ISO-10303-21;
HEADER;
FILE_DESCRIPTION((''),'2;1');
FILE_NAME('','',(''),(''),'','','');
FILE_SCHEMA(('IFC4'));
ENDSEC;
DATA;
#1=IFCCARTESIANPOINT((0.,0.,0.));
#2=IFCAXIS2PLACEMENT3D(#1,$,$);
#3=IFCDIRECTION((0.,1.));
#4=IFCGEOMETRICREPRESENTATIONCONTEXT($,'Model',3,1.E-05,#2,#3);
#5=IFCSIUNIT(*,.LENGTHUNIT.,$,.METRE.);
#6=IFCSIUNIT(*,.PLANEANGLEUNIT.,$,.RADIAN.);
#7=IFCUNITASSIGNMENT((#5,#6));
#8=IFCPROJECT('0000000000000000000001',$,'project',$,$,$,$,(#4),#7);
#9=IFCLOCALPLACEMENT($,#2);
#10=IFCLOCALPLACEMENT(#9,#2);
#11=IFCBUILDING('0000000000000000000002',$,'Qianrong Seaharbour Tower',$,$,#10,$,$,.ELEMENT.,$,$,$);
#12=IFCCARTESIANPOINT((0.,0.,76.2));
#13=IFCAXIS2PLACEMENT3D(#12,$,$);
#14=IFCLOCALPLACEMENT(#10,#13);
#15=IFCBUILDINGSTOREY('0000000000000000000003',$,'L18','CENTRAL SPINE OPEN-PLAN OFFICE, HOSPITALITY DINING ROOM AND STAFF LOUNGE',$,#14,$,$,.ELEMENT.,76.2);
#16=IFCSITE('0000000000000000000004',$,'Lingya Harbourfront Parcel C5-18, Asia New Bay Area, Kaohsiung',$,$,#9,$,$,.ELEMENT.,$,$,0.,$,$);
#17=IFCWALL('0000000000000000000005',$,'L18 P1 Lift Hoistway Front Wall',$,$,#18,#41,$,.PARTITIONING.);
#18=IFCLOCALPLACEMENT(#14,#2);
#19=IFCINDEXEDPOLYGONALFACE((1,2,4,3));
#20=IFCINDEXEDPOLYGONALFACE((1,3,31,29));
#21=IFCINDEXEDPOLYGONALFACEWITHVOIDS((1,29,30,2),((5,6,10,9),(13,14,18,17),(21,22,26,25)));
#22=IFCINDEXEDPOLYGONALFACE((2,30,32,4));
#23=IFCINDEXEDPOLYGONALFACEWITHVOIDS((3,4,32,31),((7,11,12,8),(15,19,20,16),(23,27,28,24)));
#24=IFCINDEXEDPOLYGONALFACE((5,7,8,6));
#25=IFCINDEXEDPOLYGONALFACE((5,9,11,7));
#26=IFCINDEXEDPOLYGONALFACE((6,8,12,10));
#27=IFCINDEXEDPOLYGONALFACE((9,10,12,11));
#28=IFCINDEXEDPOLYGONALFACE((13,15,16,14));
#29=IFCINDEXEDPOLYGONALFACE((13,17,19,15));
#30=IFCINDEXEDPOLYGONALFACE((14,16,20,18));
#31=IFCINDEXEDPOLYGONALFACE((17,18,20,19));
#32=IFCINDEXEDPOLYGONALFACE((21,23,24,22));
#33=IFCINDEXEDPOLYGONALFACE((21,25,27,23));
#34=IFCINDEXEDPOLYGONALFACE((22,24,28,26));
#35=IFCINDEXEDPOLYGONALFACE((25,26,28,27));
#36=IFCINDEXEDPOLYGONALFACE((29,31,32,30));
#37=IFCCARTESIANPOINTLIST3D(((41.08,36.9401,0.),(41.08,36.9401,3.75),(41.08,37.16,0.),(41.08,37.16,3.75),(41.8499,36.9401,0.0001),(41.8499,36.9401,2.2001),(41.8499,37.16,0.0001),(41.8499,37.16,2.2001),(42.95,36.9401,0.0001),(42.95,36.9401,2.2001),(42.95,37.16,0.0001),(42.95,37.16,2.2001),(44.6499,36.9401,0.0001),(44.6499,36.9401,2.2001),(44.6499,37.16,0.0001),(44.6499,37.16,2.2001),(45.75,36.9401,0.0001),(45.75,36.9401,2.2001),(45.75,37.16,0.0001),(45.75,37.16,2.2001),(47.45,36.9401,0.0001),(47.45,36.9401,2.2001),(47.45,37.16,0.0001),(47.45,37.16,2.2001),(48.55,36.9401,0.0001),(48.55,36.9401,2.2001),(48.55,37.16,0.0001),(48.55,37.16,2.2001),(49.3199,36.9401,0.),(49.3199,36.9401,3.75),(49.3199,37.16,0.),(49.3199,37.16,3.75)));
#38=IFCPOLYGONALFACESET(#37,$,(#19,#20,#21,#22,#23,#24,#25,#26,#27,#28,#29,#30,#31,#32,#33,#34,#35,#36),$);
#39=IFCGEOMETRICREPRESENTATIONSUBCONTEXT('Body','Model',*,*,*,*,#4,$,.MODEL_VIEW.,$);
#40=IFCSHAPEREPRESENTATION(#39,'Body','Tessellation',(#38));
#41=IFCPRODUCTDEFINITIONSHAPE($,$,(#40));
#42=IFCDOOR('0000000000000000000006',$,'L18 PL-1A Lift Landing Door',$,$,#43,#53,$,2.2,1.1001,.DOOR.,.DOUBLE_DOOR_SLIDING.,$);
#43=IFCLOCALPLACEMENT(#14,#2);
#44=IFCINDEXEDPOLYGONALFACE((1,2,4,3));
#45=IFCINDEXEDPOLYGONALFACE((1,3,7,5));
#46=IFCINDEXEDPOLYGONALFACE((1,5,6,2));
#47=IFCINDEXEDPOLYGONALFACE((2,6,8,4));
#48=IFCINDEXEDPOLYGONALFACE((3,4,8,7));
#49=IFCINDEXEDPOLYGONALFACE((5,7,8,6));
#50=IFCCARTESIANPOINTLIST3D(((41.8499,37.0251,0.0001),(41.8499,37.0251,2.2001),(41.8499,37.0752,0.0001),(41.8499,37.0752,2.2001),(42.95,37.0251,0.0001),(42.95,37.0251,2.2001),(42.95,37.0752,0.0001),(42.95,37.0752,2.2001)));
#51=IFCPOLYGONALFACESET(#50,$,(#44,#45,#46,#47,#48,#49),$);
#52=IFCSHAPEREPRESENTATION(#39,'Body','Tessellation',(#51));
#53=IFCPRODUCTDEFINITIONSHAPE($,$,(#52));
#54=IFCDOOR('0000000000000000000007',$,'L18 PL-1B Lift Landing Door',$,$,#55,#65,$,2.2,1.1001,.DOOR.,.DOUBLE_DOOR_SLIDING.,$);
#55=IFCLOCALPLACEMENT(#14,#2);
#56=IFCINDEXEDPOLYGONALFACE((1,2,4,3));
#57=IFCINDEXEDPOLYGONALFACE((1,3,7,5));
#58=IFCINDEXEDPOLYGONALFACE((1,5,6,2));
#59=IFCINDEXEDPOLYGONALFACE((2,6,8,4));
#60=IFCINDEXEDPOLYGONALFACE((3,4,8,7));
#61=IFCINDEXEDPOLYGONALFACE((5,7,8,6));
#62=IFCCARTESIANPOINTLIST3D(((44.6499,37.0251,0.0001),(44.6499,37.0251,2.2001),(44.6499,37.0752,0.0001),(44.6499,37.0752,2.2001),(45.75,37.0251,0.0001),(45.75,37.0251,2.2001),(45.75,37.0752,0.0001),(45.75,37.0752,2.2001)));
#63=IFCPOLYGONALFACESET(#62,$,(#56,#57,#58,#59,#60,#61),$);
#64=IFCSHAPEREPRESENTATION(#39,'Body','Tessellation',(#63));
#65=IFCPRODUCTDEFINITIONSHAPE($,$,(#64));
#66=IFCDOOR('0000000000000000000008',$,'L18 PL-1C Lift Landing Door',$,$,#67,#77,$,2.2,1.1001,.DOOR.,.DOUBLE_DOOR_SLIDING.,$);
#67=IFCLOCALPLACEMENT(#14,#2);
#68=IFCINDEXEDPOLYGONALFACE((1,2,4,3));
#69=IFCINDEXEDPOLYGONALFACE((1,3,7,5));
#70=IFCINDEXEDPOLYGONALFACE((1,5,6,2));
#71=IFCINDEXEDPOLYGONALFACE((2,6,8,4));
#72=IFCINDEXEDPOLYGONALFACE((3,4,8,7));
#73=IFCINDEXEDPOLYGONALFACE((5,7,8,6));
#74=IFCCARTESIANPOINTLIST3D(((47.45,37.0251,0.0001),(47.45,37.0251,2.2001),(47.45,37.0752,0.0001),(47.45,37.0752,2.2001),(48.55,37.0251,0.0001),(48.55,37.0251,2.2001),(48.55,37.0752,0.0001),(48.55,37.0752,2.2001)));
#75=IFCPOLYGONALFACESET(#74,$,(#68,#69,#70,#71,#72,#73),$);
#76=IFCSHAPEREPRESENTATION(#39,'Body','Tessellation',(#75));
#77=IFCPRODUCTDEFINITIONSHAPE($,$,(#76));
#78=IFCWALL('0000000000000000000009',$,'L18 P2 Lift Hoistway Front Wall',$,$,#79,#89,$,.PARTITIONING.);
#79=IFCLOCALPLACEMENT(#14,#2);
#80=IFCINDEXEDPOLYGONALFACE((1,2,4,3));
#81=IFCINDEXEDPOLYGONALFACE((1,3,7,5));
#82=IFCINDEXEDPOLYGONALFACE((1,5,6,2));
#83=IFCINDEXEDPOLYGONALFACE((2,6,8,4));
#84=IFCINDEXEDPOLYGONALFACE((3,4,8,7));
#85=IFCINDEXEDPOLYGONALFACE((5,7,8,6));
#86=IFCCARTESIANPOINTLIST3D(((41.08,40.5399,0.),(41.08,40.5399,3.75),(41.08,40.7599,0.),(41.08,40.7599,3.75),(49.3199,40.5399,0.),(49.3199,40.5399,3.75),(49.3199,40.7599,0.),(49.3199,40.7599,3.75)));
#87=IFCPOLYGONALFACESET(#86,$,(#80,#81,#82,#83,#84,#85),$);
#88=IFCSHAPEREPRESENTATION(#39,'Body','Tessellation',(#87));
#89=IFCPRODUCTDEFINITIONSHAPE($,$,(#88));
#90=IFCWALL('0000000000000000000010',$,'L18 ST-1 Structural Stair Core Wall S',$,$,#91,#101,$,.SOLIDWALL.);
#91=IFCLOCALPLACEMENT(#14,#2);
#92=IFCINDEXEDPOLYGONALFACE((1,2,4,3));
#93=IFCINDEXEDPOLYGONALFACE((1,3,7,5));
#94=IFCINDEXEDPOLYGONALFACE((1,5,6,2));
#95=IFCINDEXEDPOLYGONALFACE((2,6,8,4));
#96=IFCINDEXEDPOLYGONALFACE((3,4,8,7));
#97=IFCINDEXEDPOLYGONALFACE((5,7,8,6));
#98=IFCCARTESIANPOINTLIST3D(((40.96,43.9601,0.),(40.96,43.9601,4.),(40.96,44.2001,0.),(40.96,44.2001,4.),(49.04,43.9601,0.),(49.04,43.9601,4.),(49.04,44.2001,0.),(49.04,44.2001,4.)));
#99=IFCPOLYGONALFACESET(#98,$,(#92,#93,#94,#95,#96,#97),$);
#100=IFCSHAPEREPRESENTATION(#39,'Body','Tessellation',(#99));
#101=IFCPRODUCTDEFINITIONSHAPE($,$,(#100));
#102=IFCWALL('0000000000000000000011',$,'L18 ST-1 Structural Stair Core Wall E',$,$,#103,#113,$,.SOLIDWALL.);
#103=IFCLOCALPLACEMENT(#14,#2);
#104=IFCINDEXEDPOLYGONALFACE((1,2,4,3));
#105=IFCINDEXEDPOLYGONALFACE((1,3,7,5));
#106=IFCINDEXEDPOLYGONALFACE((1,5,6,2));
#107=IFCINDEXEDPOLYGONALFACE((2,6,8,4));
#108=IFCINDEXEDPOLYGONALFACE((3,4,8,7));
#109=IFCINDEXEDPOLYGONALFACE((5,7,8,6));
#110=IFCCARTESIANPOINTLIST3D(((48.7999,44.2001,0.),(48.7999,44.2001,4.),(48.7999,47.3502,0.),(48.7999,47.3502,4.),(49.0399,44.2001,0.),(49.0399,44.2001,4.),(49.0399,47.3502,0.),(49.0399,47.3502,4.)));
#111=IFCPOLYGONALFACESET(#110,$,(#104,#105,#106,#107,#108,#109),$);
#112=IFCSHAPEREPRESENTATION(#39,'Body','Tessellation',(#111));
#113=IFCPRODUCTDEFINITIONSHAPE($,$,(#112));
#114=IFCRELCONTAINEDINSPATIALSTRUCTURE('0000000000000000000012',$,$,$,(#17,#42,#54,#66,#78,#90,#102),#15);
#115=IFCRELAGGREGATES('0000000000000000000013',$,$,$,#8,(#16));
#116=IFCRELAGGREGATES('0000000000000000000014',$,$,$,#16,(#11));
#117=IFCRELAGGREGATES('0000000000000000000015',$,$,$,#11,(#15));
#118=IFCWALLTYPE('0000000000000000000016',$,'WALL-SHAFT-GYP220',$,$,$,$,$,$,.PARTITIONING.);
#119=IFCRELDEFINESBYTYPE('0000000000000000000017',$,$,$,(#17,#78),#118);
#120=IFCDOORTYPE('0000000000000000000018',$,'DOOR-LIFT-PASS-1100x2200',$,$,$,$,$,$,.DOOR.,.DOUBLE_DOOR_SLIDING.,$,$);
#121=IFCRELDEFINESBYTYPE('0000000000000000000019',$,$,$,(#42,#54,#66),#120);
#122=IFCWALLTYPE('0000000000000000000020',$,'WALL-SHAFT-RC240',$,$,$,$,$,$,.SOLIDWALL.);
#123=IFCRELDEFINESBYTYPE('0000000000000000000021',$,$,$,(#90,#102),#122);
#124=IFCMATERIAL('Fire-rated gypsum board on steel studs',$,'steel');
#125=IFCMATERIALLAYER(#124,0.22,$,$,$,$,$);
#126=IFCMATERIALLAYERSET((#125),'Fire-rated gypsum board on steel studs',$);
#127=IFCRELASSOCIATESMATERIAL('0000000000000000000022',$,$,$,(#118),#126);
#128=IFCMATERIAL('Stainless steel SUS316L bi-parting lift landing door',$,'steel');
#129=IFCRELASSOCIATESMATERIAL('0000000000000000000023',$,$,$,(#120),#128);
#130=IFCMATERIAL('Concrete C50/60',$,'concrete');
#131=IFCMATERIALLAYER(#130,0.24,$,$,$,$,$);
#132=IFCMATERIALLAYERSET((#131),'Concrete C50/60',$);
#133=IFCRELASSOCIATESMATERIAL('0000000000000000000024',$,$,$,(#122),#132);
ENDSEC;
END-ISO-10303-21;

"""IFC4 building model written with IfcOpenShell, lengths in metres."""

from ifc_helpers import new_model, si_unit, direction, frame, frame_2d, origin, place, context, subcontext, project, spatial, rectangle, extrude, material, layer, layer_set, type_object, element, fill, save


model = new_model("IFC4")

# Units and contexts
model_context = context("Model", 3, precision=1e-05, world=origin(), true_north=direction((0.0, 1.0)))
body_context = subcontext(model_context, "Body", "Model", "MODEL_VIEW")
ifc_project = project(units=[si_unit("LENGTHUNIT", "METRE"), si_unit("PLANEANGLEUNIT", "RADIAN")], contexts=[model_context])

# Site, building, storey
site_placement = place(None, origin())
site = spatial("IfcSite", under=ifc_project, at=site_placement, Name="Lingya Harbourfront Parcel C5-18, Asia New Bay Area, Kaohsiung", CompositionType="ELEMENT", RefElevation=0.0)
building_placement = place(site_placement, origin())
building = spatial("IfcBuilding", under=site, at=building_placement, Name="Qianrong Seaharbour Tower", CompositionType="ELEMENT")
storey_placement = place(building_placement, frame((0.0, 0.0, 76.2)))
storey = spatial("IfcBuildingStorey", under=building, at=storey_placement, Name="L18", Description="CENTRAL SPINE OPEN-PLAN OFFICE, HOSPITALITY DINING ROOM AND STAFF LOUNGE", CompositionType="ELEMENT", Elevation=76.2)

# Shared definitions
ifc_material_1 = material(Name="Fire-rated gypsum board on steel studs", Category="steel")

# Wall, openings, doors
ifc_layer_1 = layer(ifc_material_1, 0.22)
ifc_layer_set_1 = layer_set([ifc_layer_1], Name="Fire-rated gypsum board on steel studs")
wall_type_1 = type_object("IfcWallType", Name="WALL-SHAFT-GYP220", PredefinedType="PARTITIONING", material=ifc_layer_set_1)
wall_1_placement = place(storey_placement, frame((49.3201, 37.05, 0.0), z_axis=(0.0, 0.0, 1.0), x_axis=(-1.0, 0.0, 0.0)))
wall_1 = element("IfcWall", 1, at=wall_1_placement, inside=storey, type_object=wall_type_1, Name="L18 P1 Lift Hoistway Front Wall", PredefinedType="PARTITIONING", context=body_context, shape_type="SweptSolid", body=[
    extrude(rectangle(XDim=8.24, YDim=0.22, at=frame_2d((4.1201, 0.0))), origin(), (0.0, 0.0, 1.0), 3.75),
])
opening_1_placement = place(wall_1_placement, frame((6.3701, 0.0, 0.0)))
opening_1 = element("IfcOpeningElement", 2, at=opening_1_placement, cuts=wall_1, PredefinedType="OPENING", context=body_context, shape_type="SweptSolid", body=[
    extrude(rectangle(XDim=1.1001, YDim=2.2, at=frame_2d((0.55, 1.1001))), frame((0.0, 0.1201, 0.0), z_axis=(0.0, -1.0, 0.0), x_axis=(1.0, 0.0, 0.0)), (0.0, 0.0, 1.0), 0.24),
])
opening_2_placement = place(wall_1_placement, frame((3.5701, 0.0, 0.0)))
opening_2 = element("IfcOpeningElement", 3, at=opening_2_placement, cuts=wall_1, PredefinedType="OPENING", context=body_context, shape_type="SweptSolid", body=[
    extrude(rectangle(XDim=1.1001, YDim=2.2, at=frame_2d((0.55, 1.1001))), frame((0.0, 0.1201, 0.0), z_axis=(0.0, -1.0, 0.0), x_axis=(1.0, 0.0, 0.0)), (0.0, 0.0, 1.0), 0.24),
])
opening_3_placement = place(wall_1_placement, frame((0.77, 0.0, 0.0)))
opening_3 = element("IfcOpeningElement", 4, at=opening_3_placement, cuts=wall_1, PredefinedType="OPENING", context=body_context, shape_type="SweptSolid", body=[
    extrude(rectangle(XDim=1.1001, YDim=2.2, at=frame_2d((0.55, 1.1001))), frame((0.0, 0.1201, 0.0), z_axis=(0.0, -1.0, 0.0), x_axis=(1.0, 0.0, 0.0)), (0.0, 0.0, 1.0), 0.24),
])
ifc_material_2 = material(Name="Stainless steel SUS316L bi-parting lift landing door", Category="steel")
door_type = type_object("IfcDoorType", Name="DOOR-LIFT-PASS-1100x2200", OperationType="DOUBLE_DOOR_SLIDING", PredefinedType="DOOR", material=ifc_material_2)
door_1_placement = place(opening_1_placement, origin())
door_1 = element("IfcDoor", 5, at=door_1_placement, inside=storey, type_object=door_type, Name="L18 PL-1A Lift Landing Door", OperationType="DOUBLE_DOOR_SLIDING", OverallHeight=2.2, OverallWidth=1.1001, PredefinedType="DOOR", context=body_context, shape_type="SweptSolid", body=[
    extrude(rectangle(XDim=1.1001, YDim=2.2, at=frame_2d((0.55, 1.1001))), frame((0.0, 0.0249, 0.0), z_axis=(0.0, -1.0, 0.0), x_axis=(1.0, 0.0, 0.0)), (0.0, 0.0, 1.0), 0.05),
])
fill(opening_1, door_1)
door_2_placement = place(opening_2_placement, origin())
door_2 = element("IfcDoor", 6, at=door_2_placement, inside=storey, type_object=door_type, Name="L18 PL-1B Lift Landing Door", OperationType="DOUBLE_DOOR_SLIDING", OverallHeight=2.2, OverallWidth=1.1001, PredefinedType="DOOR", context=body_context, shape_type="SweptSolid", body=[
    extrude(rectangle(XDim=1.1001, YDim=2.2, at=frame_2d((0.55, 1.1001))), frame((0.0, 0.0249, 0.0), z_axis=(0.0, -1.0, 0.0), x_axis=(1.0, 0.0, 0.0)), (0.0, 0.0, 1.0), 0.05),
])
fill(opening_2, door_2)
door_3_placement = place(opening_3_placement, origin())
door_3 = element("IfcDoor", 7, at=door_3_placement, inside=storey, type_object=door_type, Name="L18 PL-1C Lift Landing Door", OperationType="DOUBLE_DOOR_SLIDING", OverallHeight=2.2, OverallWidth=1.1001, PredefinedType="DOOR", context=body_context, shape_type="SweptSolid", body=[
    extrude(rectangle(XDim=1.1001, YDim=2.2, at=frame_2d((0.55, 1.1001))), frame((0.0, 0.0249, 0.0), z_axis=(0.0, -1.0, 0.0), x_axis=(1.0, 0.0, 0.0)), (0.0, 0.0, 1.0), 0.05),
])
fill(opening_3, door_3)

# Walls
wall_2_placement = place(storey_placement, frame((49.3201, 40.6499, 0.0), z_axis=(0.0, 0.0, 1.0), x_axis=(-1.0, 0.0, 0.0)))
element("IfcWall", 8, at=wall_2_placement, inside=storey, type_object=wall_type_1, Name="L18 P2 Lift Hoistway Front Wall", PredefinedType="PARTITIONING", context=body_context, shape_type="SweptSolid", body=[
    extrude(rectangle(XDim=8.24, YDim=0.22, at=frame_2d((4.1201, 0.0))), origin(), (0.0, 0.0, 1.0), 3.75),
])
ifc_material_3 = material(Name="Concrete C50/60", Category="concrete")
ifc_layer_2 = layer(ifc_material_3, 0.24)
ifc_layer_set_2 = layer_set([ifc_layer_2], Name="Concrete C50/60")
wall_type_2 = type_object("IfcWallType", Name="WALL-SHAFT-RC240", PredefinedType="SOLIDWALL", material=ifc_layer_set_2)
wall_3_placement = place(storey_placement, frame((49.04, 44.0801, 0.0), z_axis=(0.0, 0.0, 1.0), x_axis=(-1.0, 0.0, 0.0)))
element("IfcWall", 9, at=wall_3_placement, inside=storey, type_object=wall_type_2, Name="L18 ST-1 Structural Stair Core Wall S", PredefinedType="SOLIDWALL", context=body_context, shape_type="SweptSolid", body=[
    extrude(rectangle(XDim=8.0801, YDim=0.24, at=frame_2d((4.04, 0.0))), origin(), (0.0, 0.0, 1.0), 4.0),
])
wall_4_placement = place(storey_placement, frame((48.9199, 44.2, 0.0), z_axis=(0.0, 0.0, 1.0), x_axis=(0.0, 1.0, 0.0)))
element("IfcWall", 10, at=wall_4_placement, inside=storey, type_object=wall_type_2, Name="L18 ST-1 Structural Stair Core Wall E", PredefinedType="SOLIDWALL", context=body_context, shape_type="SweptSolid", body=[
    extrude(rectangle(XDim=3.1501, YDim=0.24, at=frame_2d((1.5752, 0.0))), origin(), (0.0, 0.0, 1.0), 4.0),
])

save(model, "model.ifc")
